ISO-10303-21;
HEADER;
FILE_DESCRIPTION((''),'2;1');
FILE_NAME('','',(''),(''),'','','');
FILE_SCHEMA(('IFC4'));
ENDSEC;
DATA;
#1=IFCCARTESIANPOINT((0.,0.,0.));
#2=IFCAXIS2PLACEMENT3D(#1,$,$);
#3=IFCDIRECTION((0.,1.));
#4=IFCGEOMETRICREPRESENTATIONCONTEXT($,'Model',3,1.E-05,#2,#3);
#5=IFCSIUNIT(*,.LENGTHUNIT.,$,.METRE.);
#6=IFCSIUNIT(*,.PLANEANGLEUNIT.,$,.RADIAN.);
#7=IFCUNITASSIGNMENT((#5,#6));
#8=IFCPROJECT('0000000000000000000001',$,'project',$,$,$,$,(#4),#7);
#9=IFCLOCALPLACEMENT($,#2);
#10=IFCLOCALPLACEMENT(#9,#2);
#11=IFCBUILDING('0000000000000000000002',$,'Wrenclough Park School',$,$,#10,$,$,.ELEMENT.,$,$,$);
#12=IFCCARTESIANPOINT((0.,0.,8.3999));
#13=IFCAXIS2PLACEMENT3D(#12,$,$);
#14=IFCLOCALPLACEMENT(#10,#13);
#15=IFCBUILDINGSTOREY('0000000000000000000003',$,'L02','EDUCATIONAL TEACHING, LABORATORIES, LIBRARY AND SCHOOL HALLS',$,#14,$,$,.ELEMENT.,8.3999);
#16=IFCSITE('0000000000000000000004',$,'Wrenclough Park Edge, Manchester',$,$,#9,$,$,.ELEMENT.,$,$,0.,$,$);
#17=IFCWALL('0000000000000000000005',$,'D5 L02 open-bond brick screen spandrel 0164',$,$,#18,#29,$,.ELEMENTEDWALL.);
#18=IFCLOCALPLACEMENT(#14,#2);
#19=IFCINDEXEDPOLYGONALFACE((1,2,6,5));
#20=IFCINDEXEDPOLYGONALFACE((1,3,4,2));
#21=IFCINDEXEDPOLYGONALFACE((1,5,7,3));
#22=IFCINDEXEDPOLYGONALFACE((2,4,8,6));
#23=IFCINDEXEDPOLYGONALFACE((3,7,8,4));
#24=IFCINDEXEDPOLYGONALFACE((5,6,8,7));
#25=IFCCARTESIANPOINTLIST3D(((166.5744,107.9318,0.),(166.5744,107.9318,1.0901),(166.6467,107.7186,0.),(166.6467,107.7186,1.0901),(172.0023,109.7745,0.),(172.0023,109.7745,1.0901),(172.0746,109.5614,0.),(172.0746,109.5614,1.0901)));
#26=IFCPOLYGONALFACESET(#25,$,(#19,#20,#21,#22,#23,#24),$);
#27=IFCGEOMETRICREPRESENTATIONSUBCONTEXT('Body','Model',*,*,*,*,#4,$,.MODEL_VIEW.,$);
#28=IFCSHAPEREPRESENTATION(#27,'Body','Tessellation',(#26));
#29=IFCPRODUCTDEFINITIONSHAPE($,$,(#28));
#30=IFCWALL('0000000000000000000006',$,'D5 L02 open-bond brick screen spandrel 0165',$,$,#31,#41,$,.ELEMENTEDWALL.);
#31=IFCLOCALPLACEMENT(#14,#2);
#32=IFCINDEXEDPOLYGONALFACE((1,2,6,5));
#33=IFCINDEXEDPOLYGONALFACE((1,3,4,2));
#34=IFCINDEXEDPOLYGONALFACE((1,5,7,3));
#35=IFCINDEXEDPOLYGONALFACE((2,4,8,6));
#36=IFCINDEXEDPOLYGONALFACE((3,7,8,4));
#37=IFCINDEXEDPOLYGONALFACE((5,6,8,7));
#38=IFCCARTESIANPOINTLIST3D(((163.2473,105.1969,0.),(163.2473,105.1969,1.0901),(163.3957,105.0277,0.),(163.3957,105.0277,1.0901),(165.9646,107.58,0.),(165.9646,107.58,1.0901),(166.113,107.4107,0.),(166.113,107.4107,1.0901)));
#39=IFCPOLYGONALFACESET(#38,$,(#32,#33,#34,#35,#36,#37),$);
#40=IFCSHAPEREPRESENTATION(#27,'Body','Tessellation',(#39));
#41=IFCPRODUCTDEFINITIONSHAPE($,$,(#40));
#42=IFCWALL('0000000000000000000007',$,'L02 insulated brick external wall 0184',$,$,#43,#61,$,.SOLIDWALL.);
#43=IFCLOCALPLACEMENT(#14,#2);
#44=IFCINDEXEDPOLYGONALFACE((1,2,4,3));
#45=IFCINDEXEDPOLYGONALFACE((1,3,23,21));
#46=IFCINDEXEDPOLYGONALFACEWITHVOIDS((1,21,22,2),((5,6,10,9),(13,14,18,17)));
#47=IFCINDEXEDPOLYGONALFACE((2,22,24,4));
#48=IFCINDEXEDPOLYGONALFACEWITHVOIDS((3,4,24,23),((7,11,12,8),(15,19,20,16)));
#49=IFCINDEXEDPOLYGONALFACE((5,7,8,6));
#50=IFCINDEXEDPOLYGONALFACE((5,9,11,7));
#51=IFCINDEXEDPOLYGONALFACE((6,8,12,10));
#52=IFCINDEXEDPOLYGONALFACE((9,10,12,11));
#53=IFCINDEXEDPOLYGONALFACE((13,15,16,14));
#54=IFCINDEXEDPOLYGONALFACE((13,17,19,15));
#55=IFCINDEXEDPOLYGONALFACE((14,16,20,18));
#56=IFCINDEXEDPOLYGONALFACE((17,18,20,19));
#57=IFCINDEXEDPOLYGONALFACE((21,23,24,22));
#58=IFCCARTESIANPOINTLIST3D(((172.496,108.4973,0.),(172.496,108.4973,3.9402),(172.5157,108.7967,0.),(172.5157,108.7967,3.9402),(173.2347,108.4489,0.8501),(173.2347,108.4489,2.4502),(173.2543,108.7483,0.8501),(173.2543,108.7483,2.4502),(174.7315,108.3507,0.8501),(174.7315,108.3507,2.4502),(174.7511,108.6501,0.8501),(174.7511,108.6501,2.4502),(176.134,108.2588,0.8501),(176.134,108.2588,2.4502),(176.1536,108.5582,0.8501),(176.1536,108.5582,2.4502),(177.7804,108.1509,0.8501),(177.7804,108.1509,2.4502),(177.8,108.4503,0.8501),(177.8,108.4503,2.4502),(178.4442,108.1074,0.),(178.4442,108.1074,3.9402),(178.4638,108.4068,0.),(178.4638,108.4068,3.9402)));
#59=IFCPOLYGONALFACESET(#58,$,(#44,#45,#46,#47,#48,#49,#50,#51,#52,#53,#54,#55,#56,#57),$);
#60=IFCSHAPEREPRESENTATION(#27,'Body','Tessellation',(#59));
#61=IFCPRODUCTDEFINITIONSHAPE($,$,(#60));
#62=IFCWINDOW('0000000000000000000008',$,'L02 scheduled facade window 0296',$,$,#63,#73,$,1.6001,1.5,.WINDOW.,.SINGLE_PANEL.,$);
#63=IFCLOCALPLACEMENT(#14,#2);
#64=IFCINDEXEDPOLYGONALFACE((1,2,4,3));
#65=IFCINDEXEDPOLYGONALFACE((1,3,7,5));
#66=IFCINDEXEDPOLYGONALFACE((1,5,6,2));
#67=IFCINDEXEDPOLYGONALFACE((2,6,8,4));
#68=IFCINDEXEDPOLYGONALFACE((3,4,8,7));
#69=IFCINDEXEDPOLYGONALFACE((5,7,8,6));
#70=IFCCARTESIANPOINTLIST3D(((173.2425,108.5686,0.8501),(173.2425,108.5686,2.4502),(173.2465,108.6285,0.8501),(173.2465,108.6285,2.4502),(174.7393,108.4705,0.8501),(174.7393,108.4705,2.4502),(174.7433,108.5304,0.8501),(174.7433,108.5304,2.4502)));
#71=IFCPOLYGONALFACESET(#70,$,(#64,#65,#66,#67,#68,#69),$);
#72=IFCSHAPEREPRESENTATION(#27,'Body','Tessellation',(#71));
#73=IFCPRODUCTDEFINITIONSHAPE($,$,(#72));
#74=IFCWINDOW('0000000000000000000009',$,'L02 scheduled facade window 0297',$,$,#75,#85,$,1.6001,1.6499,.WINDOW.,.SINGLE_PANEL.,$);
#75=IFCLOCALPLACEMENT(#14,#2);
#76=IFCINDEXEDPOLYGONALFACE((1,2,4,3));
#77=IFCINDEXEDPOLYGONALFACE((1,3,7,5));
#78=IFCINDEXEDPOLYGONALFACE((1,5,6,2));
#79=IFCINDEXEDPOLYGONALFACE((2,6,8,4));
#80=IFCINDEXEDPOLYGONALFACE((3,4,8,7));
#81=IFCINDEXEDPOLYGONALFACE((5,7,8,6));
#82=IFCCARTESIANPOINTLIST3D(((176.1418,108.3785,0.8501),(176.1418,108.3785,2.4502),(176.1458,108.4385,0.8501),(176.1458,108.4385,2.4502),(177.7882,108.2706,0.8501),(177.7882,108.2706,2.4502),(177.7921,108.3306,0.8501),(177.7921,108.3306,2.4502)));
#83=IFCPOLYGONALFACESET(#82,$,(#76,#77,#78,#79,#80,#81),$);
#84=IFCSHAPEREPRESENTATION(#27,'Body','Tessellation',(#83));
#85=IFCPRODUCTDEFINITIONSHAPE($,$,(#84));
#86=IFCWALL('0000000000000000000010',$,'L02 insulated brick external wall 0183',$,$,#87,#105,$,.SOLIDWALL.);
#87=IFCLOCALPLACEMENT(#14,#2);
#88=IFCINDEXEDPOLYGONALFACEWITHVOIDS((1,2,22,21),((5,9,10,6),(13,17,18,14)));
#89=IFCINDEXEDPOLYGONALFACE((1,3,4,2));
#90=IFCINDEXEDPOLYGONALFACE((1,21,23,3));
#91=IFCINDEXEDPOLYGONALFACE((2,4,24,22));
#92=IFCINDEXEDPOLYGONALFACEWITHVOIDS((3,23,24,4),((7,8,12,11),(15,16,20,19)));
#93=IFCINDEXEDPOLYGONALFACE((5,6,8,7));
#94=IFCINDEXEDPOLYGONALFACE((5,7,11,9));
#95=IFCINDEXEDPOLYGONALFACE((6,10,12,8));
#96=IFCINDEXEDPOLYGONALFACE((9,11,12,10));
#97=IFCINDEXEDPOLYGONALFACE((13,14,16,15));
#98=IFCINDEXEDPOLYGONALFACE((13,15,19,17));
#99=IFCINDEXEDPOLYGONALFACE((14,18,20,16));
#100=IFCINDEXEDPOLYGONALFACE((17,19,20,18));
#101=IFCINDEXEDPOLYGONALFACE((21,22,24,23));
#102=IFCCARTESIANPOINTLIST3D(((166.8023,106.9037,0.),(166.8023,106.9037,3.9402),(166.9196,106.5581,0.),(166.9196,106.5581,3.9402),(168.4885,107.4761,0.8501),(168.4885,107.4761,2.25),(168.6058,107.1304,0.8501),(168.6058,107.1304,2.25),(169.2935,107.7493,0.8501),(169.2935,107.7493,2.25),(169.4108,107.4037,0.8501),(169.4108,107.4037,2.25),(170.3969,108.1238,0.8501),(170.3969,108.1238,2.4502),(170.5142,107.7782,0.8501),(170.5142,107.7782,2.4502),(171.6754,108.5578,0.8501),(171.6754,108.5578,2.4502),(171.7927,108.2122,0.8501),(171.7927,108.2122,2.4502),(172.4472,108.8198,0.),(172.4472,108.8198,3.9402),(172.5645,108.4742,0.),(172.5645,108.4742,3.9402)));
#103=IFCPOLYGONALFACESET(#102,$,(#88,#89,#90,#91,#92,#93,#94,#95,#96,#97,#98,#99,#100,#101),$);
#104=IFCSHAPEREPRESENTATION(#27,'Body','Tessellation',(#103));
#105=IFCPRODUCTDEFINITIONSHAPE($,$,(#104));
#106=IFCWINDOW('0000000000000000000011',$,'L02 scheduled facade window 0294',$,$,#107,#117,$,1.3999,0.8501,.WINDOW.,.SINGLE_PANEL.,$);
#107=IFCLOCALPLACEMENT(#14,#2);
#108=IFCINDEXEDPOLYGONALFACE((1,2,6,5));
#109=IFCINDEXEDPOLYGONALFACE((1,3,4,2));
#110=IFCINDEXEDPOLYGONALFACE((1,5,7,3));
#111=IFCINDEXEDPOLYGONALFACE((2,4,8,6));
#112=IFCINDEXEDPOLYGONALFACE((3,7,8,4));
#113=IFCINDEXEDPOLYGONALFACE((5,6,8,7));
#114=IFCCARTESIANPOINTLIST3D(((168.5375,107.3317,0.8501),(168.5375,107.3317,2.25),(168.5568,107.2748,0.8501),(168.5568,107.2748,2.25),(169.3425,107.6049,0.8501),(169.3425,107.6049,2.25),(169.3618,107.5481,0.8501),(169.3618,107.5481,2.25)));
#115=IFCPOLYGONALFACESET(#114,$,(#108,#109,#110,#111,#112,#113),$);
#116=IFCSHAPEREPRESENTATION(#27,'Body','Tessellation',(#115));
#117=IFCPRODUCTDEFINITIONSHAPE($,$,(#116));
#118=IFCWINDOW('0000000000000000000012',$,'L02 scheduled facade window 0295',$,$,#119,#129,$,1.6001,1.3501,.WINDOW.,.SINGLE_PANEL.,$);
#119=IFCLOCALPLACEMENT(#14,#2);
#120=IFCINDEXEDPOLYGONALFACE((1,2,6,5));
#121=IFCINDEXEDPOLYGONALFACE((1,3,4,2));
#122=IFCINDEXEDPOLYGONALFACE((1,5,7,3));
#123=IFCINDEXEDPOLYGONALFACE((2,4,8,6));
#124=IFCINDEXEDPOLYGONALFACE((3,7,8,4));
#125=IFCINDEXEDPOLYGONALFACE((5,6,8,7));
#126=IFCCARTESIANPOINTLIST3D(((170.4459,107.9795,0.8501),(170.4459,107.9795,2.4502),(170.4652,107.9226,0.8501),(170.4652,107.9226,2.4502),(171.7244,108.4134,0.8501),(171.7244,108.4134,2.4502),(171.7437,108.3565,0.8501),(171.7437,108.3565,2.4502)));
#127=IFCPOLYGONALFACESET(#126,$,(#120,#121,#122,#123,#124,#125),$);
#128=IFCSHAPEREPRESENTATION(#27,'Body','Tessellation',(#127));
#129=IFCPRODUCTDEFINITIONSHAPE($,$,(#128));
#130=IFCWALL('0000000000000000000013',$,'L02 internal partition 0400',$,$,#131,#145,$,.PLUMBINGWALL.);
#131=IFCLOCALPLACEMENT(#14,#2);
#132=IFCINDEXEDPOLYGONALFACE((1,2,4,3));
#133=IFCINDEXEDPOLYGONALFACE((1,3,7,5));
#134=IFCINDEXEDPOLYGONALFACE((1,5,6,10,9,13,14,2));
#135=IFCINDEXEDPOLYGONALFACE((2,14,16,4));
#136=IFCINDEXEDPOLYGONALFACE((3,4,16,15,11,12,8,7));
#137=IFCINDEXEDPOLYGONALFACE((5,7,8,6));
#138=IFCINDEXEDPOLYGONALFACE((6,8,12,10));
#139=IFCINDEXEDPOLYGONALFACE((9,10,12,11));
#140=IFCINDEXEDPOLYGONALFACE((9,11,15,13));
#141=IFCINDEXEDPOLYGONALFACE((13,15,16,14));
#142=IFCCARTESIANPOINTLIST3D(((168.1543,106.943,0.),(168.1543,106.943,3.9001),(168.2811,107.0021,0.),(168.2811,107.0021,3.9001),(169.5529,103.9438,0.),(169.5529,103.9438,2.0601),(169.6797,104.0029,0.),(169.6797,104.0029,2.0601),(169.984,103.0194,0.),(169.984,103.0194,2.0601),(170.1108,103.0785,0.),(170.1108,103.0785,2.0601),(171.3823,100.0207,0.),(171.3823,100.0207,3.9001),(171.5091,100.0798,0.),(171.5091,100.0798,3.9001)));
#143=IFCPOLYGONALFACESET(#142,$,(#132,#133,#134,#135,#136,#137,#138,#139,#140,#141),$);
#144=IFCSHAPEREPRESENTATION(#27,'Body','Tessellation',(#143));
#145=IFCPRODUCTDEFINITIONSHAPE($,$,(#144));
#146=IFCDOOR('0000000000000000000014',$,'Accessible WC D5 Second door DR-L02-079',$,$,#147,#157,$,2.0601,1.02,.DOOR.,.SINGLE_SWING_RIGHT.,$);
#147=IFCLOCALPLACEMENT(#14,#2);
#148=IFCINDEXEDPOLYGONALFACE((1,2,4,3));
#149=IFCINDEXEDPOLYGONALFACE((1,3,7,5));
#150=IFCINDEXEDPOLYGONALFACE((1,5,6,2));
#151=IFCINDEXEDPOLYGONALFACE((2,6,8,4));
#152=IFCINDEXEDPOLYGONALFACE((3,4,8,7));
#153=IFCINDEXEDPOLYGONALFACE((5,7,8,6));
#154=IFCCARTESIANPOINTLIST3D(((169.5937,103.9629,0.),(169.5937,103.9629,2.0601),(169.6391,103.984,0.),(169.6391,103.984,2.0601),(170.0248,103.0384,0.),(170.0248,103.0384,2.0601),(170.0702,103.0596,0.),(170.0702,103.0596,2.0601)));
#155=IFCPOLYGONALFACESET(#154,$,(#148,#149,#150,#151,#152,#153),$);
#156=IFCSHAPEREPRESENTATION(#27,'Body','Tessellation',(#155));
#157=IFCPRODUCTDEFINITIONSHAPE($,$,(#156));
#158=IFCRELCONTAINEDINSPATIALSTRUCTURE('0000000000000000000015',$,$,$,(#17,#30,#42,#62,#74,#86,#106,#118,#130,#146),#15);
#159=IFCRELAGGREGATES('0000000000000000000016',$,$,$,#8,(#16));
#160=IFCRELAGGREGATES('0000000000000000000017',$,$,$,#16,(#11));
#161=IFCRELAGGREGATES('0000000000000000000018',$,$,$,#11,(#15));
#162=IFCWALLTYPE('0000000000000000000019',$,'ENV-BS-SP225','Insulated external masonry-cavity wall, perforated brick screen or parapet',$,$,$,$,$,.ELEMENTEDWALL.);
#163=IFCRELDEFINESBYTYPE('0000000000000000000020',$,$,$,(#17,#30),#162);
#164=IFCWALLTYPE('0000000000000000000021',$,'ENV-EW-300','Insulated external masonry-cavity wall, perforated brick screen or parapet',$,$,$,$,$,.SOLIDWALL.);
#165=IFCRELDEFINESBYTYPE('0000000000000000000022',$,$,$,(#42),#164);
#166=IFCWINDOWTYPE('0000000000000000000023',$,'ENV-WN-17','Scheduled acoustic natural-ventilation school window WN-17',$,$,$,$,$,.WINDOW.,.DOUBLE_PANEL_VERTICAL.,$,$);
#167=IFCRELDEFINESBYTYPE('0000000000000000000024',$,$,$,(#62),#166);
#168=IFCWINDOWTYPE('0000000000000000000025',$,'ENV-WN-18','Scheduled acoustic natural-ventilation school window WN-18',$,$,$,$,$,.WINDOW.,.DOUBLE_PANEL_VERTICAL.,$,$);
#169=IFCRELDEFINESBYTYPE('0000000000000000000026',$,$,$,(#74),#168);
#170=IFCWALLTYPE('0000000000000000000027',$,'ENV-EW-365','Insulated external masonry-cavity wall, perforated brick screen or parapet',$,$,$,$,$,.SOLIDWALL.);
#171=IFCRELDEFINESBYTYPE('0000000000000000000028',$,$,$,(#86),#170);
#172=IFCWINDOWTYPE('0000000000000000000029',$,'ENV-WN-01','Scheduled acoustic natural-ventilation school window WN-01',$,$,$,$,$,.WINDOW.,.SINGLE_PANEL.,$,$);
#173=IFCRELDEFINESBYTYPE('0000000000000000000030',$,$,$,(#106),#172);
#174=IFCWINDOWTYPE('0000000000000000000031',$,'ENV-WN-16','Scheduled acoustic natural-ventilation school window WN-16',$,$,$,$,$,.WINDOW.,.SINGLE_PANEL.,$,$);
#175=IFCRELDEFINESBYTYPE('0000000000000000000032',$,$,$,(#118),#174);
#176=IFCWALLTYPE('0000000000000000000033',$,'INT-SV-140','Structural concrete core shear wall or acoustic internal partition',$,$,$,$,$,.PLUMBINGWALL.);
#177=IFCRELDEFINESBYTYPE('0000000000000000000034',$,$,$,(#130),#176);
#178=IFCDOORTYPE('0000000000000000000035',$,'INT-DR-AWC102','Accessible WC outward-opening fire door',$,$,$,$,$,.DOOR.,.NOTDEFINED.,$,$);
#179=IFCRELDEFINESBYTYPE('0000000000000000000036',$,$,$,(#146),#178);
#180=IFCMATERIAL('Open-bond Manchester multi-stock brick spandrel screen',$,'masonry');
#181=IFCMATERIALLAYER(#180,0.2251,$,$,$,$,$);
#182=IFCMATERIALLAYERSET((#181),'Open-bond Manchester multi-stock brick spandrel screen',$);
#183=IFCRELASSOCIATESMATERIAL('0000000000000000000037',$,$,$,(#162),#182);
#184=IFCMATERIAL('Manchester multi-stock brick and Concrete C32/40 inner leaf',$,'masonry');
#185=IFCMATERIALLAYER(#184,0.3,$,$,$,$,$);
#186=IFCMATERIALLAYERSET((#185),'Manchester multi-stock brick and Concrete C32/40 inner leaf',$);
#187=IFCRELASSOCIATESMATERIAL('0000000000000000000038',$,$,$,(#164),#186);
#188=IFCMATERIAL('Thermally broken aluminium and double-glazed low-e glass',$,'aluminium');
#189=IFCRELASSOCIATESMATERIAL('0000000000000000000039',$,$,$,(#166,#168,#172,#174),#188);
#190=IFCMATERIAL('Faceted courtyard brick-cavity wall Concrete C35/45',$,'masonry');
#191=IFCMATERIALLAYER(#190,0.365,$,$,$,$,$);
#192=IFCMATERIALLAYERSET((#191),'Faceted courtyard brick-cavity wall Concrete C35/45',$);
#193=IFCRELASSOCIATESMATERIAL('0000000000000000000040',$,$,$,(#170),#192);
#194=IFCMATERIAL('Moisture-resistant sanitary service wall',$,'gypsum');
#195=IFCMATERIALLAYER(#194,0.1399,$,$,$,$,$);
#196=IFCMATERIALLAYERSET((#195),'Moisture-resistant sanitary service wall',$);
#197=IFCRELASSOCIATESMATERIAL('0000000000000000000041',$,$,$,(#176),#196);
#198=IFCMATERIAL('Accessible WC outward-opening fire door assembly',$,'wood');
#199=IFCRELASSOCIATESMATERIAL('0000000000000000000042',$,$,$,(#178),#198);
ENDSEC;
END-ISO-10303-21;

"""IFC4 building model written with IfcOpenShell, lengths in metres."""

from ifc_helpers import new_model, si_unit, direction, frame, frame_2d, origin, place, context, subcontext, project, spatial, rectangle, extrude, material, layer, layer_set, type_object, element, fill, save


model = new_model("IFC4")

# Units and contexts
model_context = context("Model", 3, precision=1e-05, world=origin(), true_north=direction((0.0, 1.0)))
body_context = subcontext(model_context, "Body", "Model", "MODEL_VIEW")
ifc_project = project(units=[si_unit("LENGTHUNIT", "METRE"), si_unit("PLANEANGLEUNIT", "RADIAN")], contexts=[model_context])

# Site, building, storey
site_placement = place(None, origin())
site = spatial("IfcSite", under=ifc_project, at=site_placement, Name="Wrenclough Park Edge, Manchester", CompositionType="ELEMENT", RefElevation=0.0)
building_placement = place(site_placement, origin())
building = spatial("IfcBuilding", under=site, at=building_placement, Name="Wrenclough Park School", CompositionType="ELEMENT")
storey_placement = place(building_placement, frame((0.0, 0.0, 8.3999)))
storey = spatial("IfcBuildingStorey", under=building, at=storey_placement, Name="L02", Description="EDUCATIONAL TEACHING, LABORATORIES, LIBRARY AND SCHOOL HALLS", CompositionType="ELEMENT", Elevation=8.3999)

# Walls
ifc_material_1 = material(Name="Open-bond Manchester multi-stock brick spandrel screen", Category="masonry")
ifc_layer_1 = layer(ifc_material_1, 0.2251)
ifc_layer_set_1 = layer_set([ifc_layer_1], Name="Open-bond Manchester multi-stock brick spandrel screen")
wall_type_1 = type_object("IfcWallType", Name="ENV-BS-SP225", Description="Insulated external masonry-cavity wall, perforated brick screen or parapet", PredefinedType="ELEMENTEDWALL", material=ifc_layer_set_1)
wall_1_placement = place(storey_placement, frame((172.0386, 109.668, 0.0), z_axis=(0.0, 0.0, 1.0), x_axis=(-0.946918, -0.321474, 0.0)))
element("IfcWall", 1, at=wall_1_placement, inside=storey, type_object=wall_type_1, Name="D5 L02 open-bond brick screen spandrel 0164", PredefinedType="ELEMENTEDWALL", context=body_context, shape_type="SweptSolid", body=[
    extrude(rectangle(XDim=5.7322, YDim=0.2251, at=frame_2d((2.8662, 0.0))), origin(), (0.0, 0.0, 1.0), 1.0901),
])
wall_2_placement = place(storey_placement, frame((166.0388, 107.4954, 0.0), z_axis=(0.0, 0.0, 1.0), x_axis=(-0.751831, -0.659355, 0.0)))
element("IfcWall", 2, at=wall_2_placement, inside=storey, type_object=wall_type_1, Name="D5 L02 open-bond brick screen spandrel 0165", PredefinedType="ELEMENTEDWALL", context=body_context, shape_type="SweptSolid", body=[
    extrude(rectangle(XDim=3.6143, YDim=0.2251, at=frame_2d((1.8071, 0.0))), origin(), (0.0, 0.0, 1.0), 1.0901),
])

# Walls, openings, windows
ifc_material_2 = material(Name="Manchester multi-stock brick and Concrete C32/40 inner leaf", Category="masonry")
ifc_layer_2 = layer(ifc_material_2, 0.3)
ifc_layer_set_2 = layer_set([ifc_layer_2], Name="Manchester multi-stock brick and Concrete C32/40 inner leaf")
wall_type_2 = type_object("IfcWallType", Name="ENV-EW-300", Description="Insulated external masonry-cavity wall, perforated brick screen or parapet", PredefinedType="SOLIDWALL", material=ifc_layer_set_2)
wall_3_placement = place(storey_placement, frame((172.5059, 108.647, 0.0), z_axis=(0.0, 0.0, 1.0), x_axis=(0.997859, -0.065407, 0.0)))
wall_3 = element("IfcWall", 3, at=wall_3_placement, inside=storey, type_object=wall_type_2, Name="L02 insulated brick external wall 0184", PredefinedType="SOLIDWALL", context=body_context, shape_type="SweptSolid", body=[
    extrude(rectangle(XDim=5.9609, YDim=0.3, at=frame_2d((2.9805, 0.0))), origin(), (0.0, 0.0, 1.0), 3.9402),
])
opening_1_placement = place(wall_3_placement, frame((0.7402, 0.0, 0.8501)))
opening_1 = element("IfcOpeningElement", 4, at=opening_1_placement, cuts=wall_3, PredefinedType="OPENING", context=body_context, shape_type="SweptSolid", body=[
    extrude(rectangle(XDim=1.5, YDim=1.6001, at=frame_2d((0.75, 0.8))), frame((0.0, 0.1599, 0.0), z_axis=(0.0, -1.0, 0.0), x_axis=(1.0, 0.0, 0.0)), (0.0, 0.0, 1.0), 0.3201),
])
opening_2_placement = place(wall_3_placement, frame((3.6458, 0.0, 0.8501)))
opening_2 = element("IfcOpeningElement", 5, at=opening_2_placement, cuts=wall_3, PredefinedType="OPENING", context=body_context, shape_type="SweptSolid", body=[
    extrude(rectangle(XDim=1.6499, YDim=1.6001, at=frame_2d((0.825, 0.8))), frame((0.0, 0.1599, 0.0), z_axis=(0.0, -1.0, 0.0), x_axis=(1.0, 0.0, 0.0)), (0.0, 0.0, 1.0), 0.3201),
])
ifc_material_3 = material(Name="Thermally broken aluminium and double-glazed low-e glass", Category="aluminium")
window_type_1 = type_object("IfcWindowType", Name="ENV-WN-17", Description="Scheduled acoustic natural-ventilation school window WN-17", PartitioningType="DOUBLE_PANEL_VERTICAL", PredefinedType="WINDOW", material=ifc_material_3)
window_1_placement = place(opening_1_placement, origin())
window_1 = element("IfcWindow", 6, at=window_1_placement, inside=storey, type_object=window_type_1, Name="L02 scheduled facade window 0296", OverallHeight=1.6001, OverallWidth=1.5, PartitioningType="SINGLE_PANEL", PredefinedType="WINDOW", context=body_context, shape_type="SweptSolid", body=[
    extrude(rectangle(XDim=1.5, YDim=1.6001, at=frame_2d((0.75, 0.8))), frame((0.0, 0.03, 0.0), z_axis=(0.0, -1.0, 0.0), x_axis=(1.0, 0.0, 0.0)), (0.0, 0.0, 1.0), 0.0601),
])
fill(opening_1, window_1)
window_type_2 = type_object("IfcWindowType", Name="ENV-WN-18", Description="Scheduled acoustic natural-ventilation school window WN-18", PartitioningType="DOUBLE_PANEL_VERTICAL", PredefinedType="WINDOW", material=ifc_material_3)
window_2_placement = place(opening_2_placement, origin())
window_2 = element("IfcWindow", 7, at=window_2_placement, inside=storey, type_object=window_type_2, Name="L02 scheduled facade window 0297", OverallHeight=1.6001, OverallWidth=1.6499, PartitioningType="SINGLE_PANEL", PredefinedType="WINDOW", context=body_context, shape_type="SweptSolid", body=[
    extrude(rectangle(XDim=1.6499, YDim=1.6001, at=frame_2d((0.825, 0.8))), frame((0.0, 0.03, 0.0), z_axis=(0.0, -1.0, 0.0), x_axis=(1.0, 0.0, 0.0)), (0.0, 0.0, 1.0), 0.0601),
])
fill(opening_2, window_2)
ifc_material_4 = material(Name="Faceted courtyard brick-cavity wall Concrete C35/45", Category="masonry")
ifc_layer_3 = layer(ifc_material_4, 0.365)
ifc_layer_set_3 = layer_set([ifc_layer_3], Name="Faceted courtyard brick-cavity wall Concrete C35/45")
wall_type_3 = type_object("IfcWallType", Name="ENV-EW-365", Description="Insulated external masonry-cavity wall, perforated brick screen or parapet", PredefinedType="SOLIDWALL", material=ifc_layer_set_3)
wall_4_placement = place(storey_placement, frame((166.8611, 106.731, 0.0), z_axis=(0.0, 0.0, 1.0), x_axis=(0.946937, 0.32142, 0.0)))
wall_4 = element("IfcWall", 8, at=wall_4_placement, inside=storey, type_object=wall_type_3, Name="L02 insulated brick external wall 0183", PredefinedType="SOLIDWALL", context=body_context, shape_type="SweptSolid", body=[
    extrude(rectangle(XDim=5.9612, YDim=0.365, at=frame_2d((2.9805, 0.0))), origin(), (0.0, 0.0, 1.0), 3.9402),
])
opening_3_placement = place(wall_4_placement, frame((1.7805, 0.0, 0.8501)))
opening_3 = element("IfcOpeningElement", 9, at=opening_3_placement, cuts=wall_4, PredefinedType="OPENING", context=body_context, shape_type="SweptSolid", body=[
    extrude(rectangle(XDim=0.8501, YDim=1.3999, at=frame_2d((0.425, 0.7))), frame((0.0, 0.1924, 0.0), z_axis=(0.0, -1.0, 0.0), x_axis=(1.0, 0.0, 0.0)), (0.0, 0.0, 1.0), 0.385),
])
opening_4_placement = place(wall_4_placement, frame((3.7959, 0.0, 0.8501)))
opening_4 = element("IfcOpeningElement", 10, at=opening_4_placement, cuts=wall_4, PredefinedType="OPENING", context=body_context, shape_type="SweptSolid", body=[
    extrude(rectangle(XDim=1.3501, YDim=1.6001, at=frame_2d((0.675, 0.8))), frame((0.0, 0.1924, 0.0), z_axis=(0.0, -1.0, 0.0), x_axis=(1.0, 0.0, 0.0)), (0.0, 0.0, 1.0), 0.385),
])
window_type_3 = type_object("IfcWindowType", Name="ENV-WN-01", Description="Scheduled acoustic natural-ventilation school window WN-01", PartitioningType="SINGLE_PANEL", PredefinedType="WINDOW", material=ifc_material_3)
window_3_placement = place(opening_3_placement, origin())
window_3 = element("IfcWindow", 11, at=window_3_placement, inside=storey, type_object=window_type_3, Name="L02 scheduled facade window 0294", OverallHeight=1.3999, OverallWidth=0.8501, PartitioningType="SINGLE_PANEL", PredefinedType="WINDOW", context=body_context, shape_type="SweptSolid", body=[
    extrude(rectangle(XDim=0.8501, YDim=1.3999, at=frame_2d((0.425, 0.7))), frame((0.0, 0.03, 0.0), z_axis=(0.0, -1.0, 0.0), x_axis=(1.0, 0.0, 0.0)), (0.0, 0.0, 1.0), 0.0601),
])
fill(opening_3, window_3)
window_type_4 = type_object("IfcWindowType", Name="ENV-WN-16", Description="Scheduled acoustic natural-ventilation school window WN-16", PartitioningType="SINGLE_PANEL", PredefinedType="WINDOW", material=ifc_material_3)
window_4_placement = place(opening_4_placement, origin())
window_4 = element("IfcWindow", 12, at=window_4_placement, inside=storey, type_object=window_type_4, Name="L02 scheduled facade window 0295", OverallHeight=1.6001, OverallWidth=1.3501, PartitioningType="SINGLE_PANEL", PredefinedType="WINDOW", context=body_context, shape_type="SweptSolid", body=[
    extrude(rectangle(XDim=1.3501, YDim=1.6001, at=frame_2d((0.675, 0.8))), frame((0.0, 0.03, 0.0), z_axis=(0.0, -1.0, 0.0), x_axis=(1.0, 0.0, 0.0)), (0.0, 0.0, 1.0), 0.0601),
])
fill(opening_4, window_4)

# Wall, opening, door
ifc_material_5 = material(Name="Moisture-resistant sanitary service wall", Category="gypsum")
ifc_layer_4 = layer(ifc_material_5, 0.1399)
ifc_layer_set_4 = layer_set([ifc_layer_4], Name="Moisture-resistant sanitary service wall")
wall_type_4 = type_object("IfcWallType", Name="INT-SV-140", Description="Structural concrete core shear wall or acoustic internal partition", PredefinedType="PLUMBINGWALL", material=ifc_layer_set_4)
wall_5_placement = place(storey_placement, frame((168.2178, 106.9724, 0.0), z_axis=(0.0, 0.0, 1.0), x_axis=(0.422626, -0.906304, 0.0)))
wall_5 = element("IfcWall", 13, at=wall_5_placement, inside=storey, type_object=wall_type_4, Name="L02 internal partition 0400", PredefinedType="PLUMBINGWALL", context=body_context, shape_type="SweptSolid", body=[
    extrude(rectangle(XDim=7.6379, YDim=0.1399, at=frame_2d((3.8188, 0.0))), origin(), (0.0, 0.0, 1.0), 3.9001),
])
opening_5_placement = place(wall_5_placement, frame((3.3091, 0.0, 0.0)))
opening_5 = element("IfcOpeningElement", 14, at=opening_5_placement, cuts=wall_5, PredefinedType="OPENING", context=body_context, shape_type="SweptSolid", body=[
    extrude(rectangle(XDim=1.02, YDim=2.0601, at=frame_2d((0.51, 1.03))), frame((0.0, 0.0798, 0.0), z_axis=(0.0, -1.0, 0.0), x_axis=(1.0, 0.0, 0.0)), (0.0, 0.0, 1.0), 0.1599),
])
ifc_material_6 = material(Name="Accessible WC outward-opening fire door assembly", Category="wood")
door_type = type_object("IfcDoorType", Name="INT-DR-AWC102", Description="Accessible WC outward-opening fire door", OperationType="NOTDEFINED", PredefinedType="DOOR", material=ifc_material_6)
door_placement = place(opening_5_placement, frame((1.02, 0.0, 0.0), z_axis=(0.0, 0.0, 1.0), x_axis=(-1.0, 0.0, 0.0)))
door = element("IfcDoor", 15, at=door_placement, inside=storey, type_object=door_type, Name="Accessible WC D5 Second door DR-L02-079", OperationType="SINGLE_SWING_RIGHT", OverallHeight=2.0601, OverallWidth=1.02, PredefinedType="DOOR", context=body_context, shape_type="SweptSolid", body=[
    extrude(rectangle(XDim=1.02, YDim=2.0601, at=frame_2d((0.51, 1.03))), frame((0.0, 0.0249, 0.0), z_axis=(0.0, -1.0, 0.0), x_axis=(1.0, 0.0, 0.0)), (0.0, 0.0, 1.0), 0.05),
])
fill(opening_5, door)

save(model, "model.ifc")
